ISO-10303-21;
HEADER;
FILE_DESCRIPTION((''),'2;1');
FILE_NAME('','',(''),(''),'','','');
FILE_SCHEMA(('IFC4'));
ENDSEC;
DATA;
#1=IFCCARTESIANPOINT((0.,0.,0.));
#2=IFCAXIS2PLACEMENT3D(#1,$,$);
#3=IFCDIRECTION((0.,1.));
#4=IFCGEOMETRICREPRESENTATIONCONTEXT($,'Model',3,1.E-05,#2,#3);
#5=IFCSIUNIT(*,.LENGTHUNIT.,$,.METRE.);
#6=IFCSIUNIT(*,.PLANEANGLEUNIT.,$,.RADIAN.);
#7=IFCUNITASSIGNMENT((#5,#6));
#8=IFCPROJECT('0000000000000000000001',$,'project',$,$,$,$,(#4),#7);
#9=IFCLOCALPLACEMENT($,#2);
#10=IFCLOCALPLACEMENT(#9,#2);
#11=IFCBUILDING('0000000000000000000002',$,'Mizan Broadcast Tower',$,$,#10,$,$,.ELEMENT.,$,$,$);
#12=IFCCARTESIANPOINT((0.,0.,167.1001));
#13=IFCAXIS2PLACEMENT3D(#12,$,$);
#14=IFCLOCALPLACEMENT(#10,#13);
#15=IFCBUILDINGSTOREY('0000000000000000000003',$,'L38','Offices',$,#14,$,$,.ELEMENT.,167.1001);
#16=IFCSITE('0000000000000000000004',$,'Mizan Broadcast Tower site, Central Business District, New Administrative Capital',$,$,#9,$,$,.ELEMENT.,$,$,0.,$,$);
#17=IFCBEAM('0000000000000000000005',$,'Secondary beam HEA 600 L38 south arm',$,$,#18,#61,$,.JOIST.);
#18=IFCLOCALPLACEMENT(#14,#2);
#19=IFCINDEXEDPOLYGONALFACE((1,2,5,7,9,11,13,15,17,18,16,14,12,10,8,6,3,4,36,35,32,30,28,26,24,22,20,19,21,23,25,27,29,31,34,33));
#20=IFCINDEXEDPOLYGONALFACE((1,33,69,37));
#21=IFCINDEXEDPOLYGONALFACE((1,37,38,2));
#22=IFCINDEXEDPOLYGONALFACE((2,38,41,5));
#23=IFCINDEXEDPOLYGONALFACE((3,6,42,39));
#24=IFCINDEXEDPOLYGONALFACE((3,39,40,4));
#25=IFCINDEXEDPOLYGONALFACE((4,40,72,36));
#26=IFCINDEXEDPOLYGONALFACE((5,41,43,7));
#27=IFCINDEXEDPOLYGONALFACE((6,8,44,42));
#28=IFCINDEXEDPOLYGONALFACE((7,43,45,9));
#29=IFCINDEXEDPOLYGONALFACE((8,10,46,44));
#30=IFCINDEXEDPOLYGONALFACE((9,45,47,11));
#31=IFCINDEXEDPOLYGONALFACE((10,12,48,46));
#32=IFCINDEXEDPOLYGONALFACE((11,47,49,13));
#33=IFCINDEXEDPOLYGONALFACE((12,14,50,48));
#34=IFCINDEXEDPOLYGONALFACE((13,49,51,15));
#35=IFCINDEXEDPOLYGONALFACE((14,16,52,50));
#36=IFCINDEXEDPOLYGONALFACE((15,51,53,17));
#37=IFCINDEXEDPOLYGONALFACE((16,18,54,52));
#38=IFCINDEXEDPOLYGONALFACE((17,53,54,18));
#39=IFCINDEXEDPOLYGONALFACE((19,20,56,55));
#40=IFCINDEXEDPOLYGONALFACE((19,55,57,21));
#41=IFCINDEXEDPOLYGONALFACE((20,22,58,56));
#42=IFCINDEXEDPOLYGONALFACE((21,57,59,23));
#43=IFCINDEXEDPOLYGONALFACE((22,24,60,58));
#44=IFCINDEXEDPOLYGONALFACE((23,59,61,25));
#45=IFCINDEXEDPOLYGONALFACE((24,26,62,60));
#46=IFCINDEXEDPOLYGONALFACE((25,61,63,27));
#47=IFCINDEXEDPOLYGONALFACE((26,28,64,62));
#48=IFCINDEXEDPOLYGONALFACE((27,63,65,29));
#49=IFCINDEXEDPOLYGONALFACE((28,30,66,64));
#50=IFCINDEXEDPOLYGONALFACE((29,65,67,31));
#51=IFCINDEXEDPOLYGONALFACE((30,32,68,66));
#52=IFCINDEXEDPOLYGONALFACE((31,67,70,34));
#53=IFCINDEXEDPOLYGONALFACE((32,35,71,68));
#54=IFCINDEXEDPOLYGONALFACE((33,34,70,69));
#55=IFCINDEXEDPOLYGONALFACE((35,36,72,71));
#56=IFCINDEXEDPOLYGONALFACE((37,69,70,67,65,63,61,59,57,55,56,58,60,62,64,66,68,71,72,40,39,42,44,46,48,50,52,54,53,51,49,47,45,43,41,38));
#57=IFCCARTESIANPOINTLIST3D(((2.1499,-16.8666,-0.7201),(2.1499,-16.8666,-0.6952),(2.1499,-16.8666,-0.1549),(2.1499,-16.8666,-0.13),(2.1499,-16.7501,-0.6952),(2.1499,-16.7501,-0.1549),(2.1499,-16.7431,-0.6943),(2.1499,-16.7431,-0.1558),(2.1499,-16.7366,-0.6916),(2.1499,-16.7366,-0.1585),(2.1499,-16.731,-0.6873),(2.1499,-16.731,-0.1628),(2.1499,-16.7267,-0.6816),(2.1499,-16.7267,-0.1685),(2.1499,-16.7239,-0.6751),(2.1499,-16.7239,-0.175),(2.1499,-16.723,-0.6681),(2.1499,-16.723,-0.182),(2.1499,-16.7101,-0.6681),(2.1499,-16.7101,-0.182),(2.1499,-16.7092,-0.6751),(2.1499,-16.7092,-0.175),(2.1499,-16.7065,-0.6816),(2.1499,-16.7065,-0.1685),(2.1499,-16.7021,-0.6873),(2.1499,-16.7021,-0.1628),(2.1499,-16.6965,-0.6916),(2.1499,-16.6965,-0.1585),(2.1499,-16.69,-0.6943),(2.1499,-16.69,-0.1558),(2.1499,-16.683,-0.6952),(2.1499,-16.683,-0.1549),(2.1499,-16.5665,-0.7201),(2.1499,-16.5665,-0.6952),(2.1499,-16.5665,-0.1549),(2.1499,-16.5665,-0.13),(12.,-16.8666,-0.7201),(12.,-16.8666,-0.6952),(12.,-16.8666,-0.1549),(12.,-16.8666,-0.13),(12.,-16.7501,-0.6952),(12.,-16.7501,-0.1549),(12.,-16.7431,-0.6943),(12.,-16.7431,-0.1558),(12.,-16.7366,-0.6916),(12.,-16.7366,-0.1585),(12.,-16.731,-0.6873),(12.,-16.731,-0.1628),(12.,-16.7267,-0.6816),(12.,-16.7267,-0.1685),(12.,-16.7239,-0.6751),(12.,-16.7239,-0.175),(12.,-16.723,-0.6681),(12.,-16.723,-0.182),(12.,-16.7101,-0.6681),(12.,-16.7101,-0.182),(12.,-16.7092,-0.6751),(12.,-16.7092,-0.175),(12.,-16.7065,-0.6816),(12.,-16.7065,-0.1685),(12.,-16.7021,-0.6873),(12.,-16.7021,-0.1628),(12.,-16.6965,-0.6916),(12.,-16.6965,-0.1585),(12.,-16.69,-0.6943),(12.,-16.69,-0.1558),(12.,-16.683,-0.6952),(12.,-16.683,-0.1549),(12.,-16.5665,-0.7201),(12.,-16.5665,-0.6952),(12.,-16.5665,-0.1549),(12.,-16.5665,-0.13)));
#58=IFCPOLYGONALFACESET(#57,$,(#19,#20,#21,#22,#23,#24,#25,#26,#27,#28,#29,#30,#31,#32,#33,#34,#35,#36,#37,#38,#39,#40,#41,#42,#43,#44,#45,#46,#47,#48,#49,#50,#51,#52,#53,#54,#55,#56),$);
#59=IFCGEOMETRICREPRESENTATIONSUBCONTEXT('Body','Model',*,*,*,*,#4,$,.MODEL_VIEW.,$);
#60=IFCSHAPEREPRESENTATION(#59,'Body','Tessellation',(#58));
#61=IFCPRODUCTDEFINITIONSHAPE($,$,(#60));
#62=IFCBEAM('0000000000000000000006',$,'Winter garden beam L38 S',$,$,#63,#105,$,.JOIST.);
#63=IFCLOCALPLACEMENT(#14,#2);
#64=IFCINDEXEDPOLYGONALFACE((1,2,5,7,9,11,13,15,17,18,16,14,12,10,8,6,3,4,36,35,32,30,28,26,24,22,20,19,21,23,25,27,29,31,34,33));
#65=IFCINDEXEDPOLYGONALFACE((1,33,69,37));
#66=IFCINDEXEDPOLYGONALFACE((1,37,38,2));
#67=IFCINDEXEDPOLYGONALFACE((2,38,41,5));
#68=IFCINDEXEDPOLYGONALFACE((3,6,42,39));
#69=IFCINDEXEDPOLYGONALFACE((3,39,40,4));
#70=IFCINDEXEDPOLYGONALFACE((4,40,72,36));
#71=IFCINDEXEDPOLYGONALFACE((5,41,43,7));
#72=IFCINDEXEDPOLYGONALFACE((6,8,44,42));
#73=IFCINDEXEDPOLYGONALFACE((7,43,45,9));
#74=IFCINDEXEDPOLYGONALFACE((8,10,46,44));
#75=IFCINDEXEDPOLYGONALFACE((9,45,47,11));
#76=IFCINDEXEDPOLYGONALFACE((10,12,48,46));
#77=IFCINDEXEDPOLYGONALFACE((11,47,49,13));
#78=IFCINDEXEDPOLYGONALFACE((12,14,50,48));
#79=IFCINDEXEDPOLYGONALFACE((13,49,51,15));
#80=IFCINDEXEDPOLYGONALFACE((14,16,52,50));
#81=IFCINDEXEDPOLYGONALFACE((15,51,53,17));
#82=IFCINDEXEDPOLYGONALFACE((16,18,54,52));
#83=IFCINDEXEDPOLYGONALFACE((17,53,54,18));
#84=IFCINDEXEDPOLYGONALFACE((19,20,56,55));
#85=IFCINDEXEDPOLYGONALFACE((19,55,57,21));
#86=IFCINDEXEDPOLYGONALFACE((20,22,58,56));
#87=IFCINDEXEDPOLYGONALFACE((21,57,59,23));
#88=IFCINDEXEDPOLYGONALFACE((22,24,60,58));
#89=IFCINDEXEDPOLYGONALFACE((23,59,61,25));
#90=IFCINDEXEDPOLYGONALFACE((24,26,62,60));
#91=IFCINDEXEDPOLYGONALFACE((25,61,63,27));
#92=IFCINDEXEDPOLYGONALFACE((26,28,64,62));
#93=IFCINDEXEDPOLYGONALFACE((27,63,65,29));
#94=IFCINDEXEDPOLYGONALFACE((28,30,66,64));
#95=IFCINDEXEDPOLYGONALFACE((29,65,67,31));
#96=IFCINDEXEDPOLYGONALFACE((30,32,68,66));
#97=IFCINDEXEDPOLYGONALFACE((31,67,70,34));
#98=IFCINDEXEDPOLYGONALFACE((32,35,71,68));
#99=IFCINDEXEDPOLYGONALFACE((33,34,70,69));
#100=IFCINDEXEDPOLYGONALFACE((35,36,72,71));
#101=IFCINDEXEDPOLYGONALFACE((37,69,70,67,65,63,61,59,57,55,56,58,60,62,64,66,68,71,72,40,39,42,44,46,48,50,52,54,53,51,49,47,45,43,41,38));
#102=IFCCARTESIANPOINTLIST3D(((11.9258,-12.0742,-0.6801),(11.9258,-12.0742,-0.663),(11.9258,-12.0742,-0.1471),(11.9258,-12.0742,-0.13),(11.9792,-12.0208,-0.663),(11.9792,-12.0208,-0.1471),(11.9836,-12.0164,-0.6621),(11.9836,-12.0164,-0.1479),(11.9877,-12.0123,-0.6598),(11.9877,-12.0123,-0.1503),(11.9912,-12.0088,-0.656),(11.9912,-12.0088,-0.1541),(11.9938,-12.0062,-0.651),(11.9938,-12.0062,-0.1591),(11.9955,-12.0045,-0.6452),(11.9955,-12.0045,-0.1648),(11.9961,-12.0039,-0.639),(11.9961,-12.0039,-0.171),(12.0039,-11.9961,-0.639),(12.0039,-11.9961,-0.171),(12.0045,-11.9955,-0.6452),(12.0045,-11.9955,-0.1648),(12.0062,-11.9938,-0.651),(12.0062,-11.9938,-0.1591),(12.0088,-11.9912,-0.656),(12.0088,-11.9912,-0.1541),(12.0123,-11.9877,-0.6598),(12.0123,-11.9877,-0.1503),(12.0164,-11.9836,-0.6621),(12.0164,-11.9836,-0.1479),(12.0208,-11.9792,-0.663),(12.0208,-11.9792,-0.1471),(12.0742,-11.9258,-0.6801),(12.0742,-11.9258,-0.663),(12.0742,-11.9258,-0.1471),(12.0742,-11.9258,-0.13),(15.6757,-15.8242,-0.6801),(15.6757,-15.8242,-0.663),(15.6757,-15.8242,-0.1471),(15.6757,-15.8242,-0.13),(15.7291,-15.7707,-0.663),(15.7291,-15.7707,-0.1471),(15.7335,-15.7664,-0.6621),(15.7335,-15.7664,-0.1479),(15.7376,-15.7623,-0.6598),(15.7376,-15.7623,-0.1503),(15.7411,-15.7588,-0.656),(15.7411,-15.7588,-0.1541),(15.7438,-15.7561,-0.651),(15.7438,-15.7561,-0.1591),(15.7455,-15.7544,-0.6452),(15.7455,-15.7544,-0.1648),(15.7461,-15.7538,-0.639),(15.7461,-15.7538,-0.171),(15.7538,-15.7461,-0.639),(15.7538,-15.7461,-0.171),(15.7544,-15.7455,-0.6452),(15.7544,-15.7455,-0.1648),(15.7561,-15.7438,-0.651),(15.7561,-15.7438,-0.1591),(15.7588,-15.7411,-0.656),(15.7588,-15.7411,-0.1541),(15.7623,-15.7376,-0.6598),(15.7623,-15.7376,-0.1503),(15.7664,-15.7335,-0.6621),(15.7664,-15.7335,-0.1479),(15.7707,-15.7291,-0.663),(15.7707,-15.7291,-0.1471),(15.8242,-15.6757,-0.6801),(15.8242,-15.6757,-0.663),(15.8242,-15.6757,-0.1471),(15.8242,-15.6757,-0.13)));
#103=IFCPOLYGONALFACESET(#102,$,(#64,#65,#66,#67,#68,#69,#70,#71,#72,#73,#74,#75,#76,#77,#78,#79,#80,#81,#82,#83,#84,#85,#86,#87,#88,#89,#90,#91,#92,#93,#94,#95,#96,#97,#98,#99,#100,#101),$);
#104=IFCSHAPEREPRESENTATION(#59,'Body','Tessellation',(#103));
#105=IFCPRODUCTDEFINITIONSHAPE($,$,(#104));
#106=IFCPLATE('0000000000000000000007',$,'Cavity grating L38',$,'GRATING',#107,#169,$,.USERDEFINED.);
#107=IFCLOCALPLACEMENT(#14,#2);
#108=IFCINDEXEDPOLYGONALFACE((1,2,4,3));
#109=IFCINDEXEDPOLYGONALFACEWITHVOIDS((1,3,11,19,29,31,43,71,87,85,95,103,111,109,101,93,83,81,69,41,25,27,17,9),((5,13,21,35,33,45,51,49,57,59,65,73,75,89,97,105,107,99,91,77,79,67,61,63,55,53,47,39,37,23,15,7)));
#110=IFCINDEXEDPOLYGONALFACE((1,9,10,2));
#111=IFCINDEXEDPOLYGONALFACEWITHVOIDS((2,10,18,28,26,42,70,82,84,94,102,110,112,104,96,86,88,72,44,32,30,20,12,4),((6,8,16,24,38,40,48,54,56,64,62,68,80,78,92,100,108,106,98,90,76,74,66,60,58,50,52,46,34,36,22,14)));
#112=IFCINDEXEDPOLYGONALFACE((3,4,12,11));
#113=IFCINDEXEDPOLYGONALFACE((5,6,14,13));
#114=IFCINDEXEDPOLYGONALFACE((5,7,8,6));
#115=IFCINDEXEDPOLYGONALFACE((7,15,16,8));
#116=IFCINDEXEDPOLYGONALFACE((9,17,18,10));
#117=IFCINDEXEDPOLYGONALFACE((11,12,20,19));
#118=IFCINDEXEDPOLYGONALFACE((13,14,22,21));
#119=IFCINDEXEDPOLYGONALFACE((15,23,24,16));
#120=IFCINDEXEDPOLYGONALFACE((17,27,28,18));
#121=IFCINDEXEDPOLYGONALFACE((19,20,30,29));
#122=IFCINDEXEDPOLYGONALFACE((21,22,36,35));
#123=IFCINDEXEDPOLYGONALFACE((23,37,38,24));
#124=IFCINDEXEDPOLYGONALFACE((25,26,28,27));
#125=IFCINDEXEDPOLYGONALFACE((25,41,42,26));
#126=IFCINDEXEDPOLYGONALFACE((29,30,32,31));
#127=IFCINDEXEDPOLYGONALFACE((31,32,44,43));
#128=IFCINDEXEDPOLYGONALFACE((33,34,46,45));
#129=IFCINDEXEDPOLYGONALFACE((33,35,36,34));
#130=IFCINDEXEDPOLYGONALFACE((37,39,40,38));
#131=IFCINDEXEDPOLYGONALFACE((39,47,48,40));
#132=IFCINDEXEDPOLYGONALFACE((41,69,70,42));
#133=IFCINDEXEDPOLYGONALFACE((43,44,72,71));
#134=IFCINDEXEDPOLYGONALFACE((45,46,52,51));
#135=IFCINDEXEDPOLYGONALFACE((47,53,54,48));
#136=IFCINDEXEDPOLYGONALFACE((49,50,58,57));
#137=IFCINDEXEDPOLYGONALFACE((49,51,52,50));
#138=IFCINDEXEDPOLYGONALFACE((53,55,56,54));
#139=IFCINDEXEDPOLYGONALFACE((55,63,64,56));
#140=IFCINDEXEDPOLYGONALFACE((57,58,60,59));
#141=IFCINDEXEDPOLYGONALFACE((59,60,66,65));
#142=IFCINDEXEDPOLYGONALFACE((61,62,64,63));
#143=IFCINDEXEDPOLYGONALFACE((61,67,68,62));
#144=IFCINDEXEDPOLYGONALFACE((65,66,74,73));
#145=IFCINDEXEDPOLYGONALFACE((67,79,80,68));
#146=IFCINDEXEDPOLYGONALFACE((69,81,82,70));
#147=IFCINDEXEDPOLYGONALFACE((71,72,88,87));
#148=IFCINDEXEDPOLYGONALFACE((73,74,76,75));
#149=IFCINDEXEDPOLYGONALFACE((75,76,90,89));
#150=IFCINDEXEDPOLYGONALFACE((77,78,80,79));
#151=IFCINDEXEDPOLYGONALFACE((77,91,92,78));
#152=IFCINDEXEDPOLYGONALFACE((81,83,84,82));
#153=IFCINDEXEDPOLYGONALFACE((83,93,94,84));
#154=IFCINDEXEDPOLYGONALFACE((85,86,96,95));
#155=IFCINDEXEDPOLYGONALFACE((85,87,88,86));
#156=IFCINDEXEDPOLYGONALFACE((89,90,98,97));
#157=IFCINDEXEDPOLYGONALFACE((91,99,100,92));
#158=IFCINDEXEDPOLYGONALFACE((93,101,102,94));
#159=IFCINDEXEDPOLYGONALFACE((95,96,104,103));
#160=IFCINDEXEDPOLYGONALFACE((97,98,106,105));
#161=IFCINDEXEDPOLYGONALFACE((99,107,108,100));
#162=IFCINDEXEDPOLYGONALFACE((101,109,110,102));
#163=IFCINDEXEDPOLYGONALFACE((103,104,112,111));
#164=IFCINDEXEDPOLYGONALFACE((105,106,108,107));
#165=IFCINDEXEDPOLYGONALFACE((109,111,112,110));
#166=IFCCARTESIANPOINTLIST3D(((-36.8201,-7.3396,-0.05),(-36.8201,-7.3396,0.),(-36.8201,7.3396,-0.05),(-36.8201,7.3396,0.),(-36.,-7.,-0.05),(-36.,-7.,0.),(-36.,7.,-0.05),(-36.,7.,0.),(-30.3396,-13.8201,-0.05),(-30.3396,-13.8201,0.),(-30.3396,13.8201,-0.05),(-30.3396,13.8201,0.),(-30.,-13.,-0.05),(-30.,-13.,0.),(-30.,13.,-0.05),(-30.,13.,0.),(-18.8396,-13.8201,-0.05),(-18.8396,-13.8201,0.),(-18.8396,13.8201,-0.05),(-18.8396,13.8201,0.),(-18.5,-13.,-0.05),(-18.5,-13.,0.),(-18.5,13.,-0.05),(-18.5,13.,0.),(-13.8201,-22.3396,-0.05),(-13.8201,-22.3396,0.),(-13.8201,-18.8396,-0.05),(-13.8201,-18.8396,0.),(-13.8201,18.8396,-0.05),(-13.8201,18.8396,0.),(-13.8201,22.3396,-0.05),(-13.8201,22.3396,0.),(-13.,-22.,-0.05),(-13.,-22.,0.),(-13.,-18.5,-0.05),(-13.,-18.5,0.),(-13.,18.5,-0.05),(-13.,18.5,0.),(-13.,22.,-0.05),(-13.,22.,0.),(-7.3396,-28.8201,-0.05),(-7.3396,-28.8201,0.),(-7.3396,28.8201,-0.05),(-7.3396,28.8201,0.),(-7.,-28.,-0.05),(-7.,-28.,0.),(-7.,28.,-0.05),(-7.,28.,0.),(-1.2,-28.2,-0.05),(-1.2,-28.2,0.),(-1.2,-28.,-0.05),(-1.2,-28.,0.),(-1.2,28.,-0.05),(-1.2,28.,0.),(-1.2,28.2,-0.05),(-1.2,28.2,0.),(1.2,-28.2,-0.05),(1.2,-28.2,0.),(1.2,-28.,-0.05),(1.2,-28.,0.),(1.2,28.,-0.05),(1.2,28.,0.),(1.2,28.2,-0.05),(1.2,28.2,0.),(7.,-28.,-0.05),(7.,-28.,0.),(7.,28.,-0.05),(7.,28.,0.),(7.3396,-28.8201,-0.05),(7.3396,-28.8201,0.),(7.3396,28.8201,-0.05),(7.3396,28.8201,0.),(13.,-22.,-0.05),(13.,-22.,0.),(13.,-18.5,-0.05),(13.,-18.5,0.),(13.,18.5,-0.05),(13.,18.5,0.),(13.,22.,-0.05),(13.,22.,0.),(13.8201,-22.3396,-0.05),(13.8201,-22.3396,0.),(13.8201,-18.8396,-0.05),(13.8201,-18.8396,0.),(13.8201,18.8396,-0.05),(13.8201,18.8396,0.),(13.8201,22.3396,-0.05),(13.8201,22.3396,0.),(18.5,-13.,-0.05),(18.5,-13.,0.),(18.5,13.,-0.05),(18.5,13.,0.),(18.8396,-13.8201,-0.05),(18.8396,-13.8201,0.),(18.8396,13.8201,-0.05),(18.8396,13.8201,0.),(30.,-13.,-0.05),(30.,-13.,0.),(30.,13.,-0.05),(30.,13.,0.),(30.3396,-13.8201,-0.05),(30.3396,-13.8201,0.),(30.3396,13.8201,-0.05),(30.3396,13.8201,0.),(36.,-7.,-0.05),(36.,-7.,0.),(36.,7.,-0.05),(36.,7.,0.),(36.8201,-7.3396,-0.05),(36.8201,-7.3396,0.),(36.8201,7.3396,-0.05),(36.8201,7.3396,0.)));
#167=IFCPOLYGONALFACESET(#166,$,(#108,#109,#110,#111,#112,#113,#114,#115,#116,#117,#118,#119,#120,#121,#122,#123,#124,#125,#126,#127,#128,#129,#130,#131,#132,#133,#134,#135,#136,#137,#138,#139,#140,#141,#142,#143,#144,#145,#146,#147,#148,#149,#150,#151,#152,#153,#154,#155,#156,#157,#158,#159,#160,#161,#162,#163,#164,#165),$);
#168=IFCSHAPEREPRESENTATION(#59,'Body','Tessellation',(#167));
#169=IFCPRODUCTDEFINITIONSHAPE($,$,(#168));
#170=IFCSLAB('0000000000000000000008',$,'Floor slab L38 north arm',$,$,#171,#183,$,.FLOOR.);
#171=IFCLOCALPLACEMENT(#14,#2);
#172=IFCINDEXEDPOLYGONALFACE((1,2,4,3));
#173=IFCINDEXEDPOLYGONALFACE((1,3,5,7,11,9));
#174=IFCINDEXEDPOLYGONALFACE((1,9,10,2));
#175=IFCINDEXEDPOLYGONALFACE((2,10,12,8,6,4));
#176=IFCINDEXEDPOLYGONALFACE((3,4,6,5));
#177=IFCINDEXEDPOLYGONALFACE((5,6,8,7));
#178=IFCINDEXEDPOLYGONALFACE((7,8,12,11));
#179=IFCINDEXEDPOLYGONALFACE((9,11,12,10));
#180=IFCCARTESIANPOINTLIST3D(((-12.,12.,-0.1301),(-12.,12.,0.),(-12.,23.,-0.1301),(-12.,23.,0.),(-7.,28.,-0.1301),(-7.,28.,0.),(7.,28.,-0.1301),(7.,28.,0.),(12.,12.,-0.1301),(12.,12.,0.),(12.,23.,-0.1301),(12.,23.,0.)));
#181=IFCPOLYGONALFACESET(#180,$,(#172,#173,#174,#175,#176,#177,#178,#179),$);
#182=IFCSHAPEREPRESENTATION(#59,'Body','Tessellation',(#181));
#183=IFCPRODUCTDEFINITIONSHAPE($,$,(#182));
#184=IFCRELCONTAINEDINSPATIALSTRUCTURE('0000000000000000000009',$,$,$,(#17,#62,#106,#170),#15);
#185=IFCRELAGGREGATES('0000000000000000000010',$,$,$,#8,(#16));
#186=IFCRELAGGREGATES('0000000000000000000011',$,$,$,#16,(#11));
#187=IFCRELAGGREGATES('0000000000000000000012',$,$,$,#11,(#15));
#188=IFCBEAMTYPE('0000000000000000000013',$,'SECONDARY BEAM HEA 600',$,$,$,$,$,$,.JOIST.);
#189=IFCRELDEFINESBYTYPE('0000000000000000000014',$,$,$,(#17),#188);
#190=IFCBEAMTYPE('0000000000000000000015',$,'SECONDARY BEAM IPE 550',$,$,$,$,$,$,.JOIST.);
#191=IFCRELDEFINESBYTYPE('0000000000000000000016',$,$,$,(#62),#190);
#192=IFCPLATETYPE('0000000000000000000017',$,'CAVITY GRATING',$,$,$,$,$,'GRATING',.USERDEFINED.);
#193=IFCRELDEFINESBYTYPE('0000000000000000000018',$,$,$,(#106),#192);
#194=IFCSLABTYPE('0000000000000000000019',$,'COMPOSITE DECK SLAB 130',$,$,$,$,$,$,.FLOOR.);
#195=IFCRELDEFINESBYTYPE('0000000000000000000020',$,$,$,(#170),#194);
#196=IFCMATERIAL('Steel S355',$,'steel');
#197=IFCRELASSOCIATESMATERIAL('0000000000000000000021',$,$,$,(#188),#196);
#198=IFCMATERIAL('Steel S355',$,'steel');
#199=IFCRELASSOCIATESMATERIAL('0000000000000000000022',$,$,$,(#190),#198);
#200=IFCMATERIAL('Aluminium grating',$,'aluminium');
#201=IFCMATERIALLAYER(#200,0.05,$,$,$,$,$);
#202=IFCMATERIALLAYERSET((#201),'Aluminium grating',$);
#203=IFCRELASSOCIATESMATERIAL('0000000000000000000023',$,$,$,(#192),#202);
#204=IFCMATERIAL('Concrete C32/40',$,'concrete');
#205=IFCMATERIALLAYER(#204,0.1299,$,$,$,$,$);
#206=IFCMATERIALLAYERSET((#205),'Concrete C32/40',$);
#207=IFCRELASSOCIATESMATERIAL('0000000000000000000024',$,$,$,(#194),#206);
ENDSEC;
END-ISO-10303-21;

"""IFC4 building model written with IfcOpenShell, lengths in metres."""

from ifc_helpers import new_model, si_unit, direction, frame, origin, origin_2d, place, context, subcontext, project, spatial, polyline, i_section, outline, extrude, material, layer, layer_set, material_profile, profile_set, type_object, element, save


model = new_model("IFC4")

# Units and contexts
model_context = context("Model", 3, precision=1e-05, world=origin(), true_north=direction((0.0, 1.0)))
body_context = subcontext(model_context, "Body", "Model", "MODEL_VIEW")
ifc_project = project(units=[si_unit("LENGTHUNIT", "METRE"), si_unit("PLANEANGLEUNIT", "RADIAN")], contexts=[model_context])

# Site, building, storey
site_placement = place(None, origin())
site = spatial("IfcSite", under=ifc_project, at=site_placement, Name="Mizan Broadcast Tower site, Central Business District, New Administrative Capital", CompositionType="ELEMENT", RefElevation=0.0)
building_placement = place(site_placement, origin())
building = spatial("IfcBuilding", under=site, at=building_placement, Name="Mizan Broadcast Tower", CompositionType="ELEMENT")
storey_placement = place(building_placement, frame((0.0, 0.0, 167.1001)))
storey = spatial("IfcBuildingStorey", under=building, at=storey_placement, Name="L38", Description="Offices", CompositionType="ELEMENT", Elevation=167.1001)

# Beams
ifc_material_1 = material(Name="Steel S355", Category="steel")
ifc_material_profile_1 = material_profile(ifc_material_1, i_section(OverallWidth=0.3, OverallDepth=0.5901, WebThickness=0.0129, FlangeThickness=0.0249, FilletRadius=0.0271, at=origin_2d()), Name="HEA 600")
ifc_profile_set_1 = profile_set([ifc_material_profile_1], Name="Steel S355")
beam_type_1 = type_object("IfcBeamType", Name="SECONDARY BEAM HEA 600", PredefinedType="JOIST", material=ifc_profile_set_1)
for number, where, z_axis, x_axis, name in (
    (1, (12.0, -16.7166, -0.425), (-1.0, 0.0, 0.0), (0.0, -1.0, 0.0), "Secondary beam HEA 600 L38 south arm"),
):
    element("IfcBeam", number, at=place(storey_placement, frame(where, z_axis=z_axis, x_axis=x_axis)), inside=storey, type_object=beam_type_1, Name=name, PredefinedType="JOIST", context=body_context, shape_type="SweptSolid", body=[
        extrude(i_section(OverallWidth=0.3, OverallDepth=0.5901, WebThickness=0.0129, FlangeThickness=0.0249, FilletRadius=0.0271, at=origin_2d()), origin(), (0.0, 0.0, 1.0), 9.8501),
    ])
ifc_material_2 = material(Name="Steel S355", Category="steel")
ifc_material_profile_2 = material_profile(ifc_material_2, i_section(OverallWidth=0.21, OverallDepth=0.55, WebThickness=0.011, FlangeThickness=0.0171, FilletRadius=0.0239, at=origin_2d()), Name="IPE 550")
ifc_profile_set_2 = profile_set([ifc_material_profile_2], Name="Steel S355")
beam_type_2 = type_object("IfcBeamType", Name="SECONDARY BEAM IPE 550", PredefinedType="JOIST", material=ifc_profile_set_2)
beam_1_placement = place(storey_placement, frame((12.0, -12.0, -0.405), z_axis=(0.707107, -0.707107, 0.0), x_axis=(0.707107, 0.707107, 0.0)))
element("IfcBeam", 2, at=beam_1_placement, inside=storey, type_object=beam_type_2, Name="Winter garden beam L38 S", PredefinedType="JOIST", context=body_context, shape_type="SweptSolid", body=[
    extrude(i_section(OverallWidth=0.21, OverallDepth=0.55, WebThickness=0.011, FlangeThickness=0.0171, FilletRadius=0.0239, at=origin_2d()), origin(), (0.0, 0.0, 1.0), 5.3032),
])

# Plate
ifc_material_3 = material(Name="Aluminium grating", Category="aluminium")
ifc_layer_1 = layer(ifc_material_3, 0.05)
ifc_layer_set_1 = layer_set([ifc_layer_1], Name="Aluminium grating")
plate_type = type_object("IfcPlateType", Name="CAVITY GRATING", ElementType="GRATING", PredefinedType="USERDEFINED", material=ifc_layer_set_1)
plate_placement = place(storey_placement, frame((0.0, 0.0, -0.05)))
element("IfcPlate", 3, at=plate_placement, inside=storey, type_object=plate_type, Name="Cavity grating L38", ObjectType="GRATING", PredefinedType="USERDEFINED", context=body_context, shape_type="SweptSolid", body=[
    extrude(outline(polyline([(13.8201, -18.8396), (18.8396, -13.8201), (30.3396, -13.8201), (36.8201, -7.3396), (36.8201, 7.3396), (30.3396, 13.8201), (18.8396, 13.8201), (13.8201, 18.8396), (13.8201, 22.3396), (7.3396, 28.8201), (-7.3396, 28.8201), (-13.8201, 22.3396), (-13.8201, 18.8396), (-18.8396, 13.8201), (-30.3396, 13.8201), (-36.8201, 7.3396), (-36.8201, -7.3396), (-30.3396, -13.8201), (-18.8396, -13.8201), (-13.8201, -18.8396), (-13.8201, -22.3396), (-7.3396, -28.8201), (7.3396, -28.8201), (13.8201, -22.3396), (13.8201, -18.8396)]), holes=[polyline([(36.0, 7.0), (36.0, -7.0), (30.0, -13.0), (18.5, -13.0), (13.0, -18.5), (13.0, -22.0), (7.0, -28.0), (1.2, -28.0), (1.2, -28.2), (-1.2, -28.2), (-1.2, -28.0), (-7.0, -28.0), (-13.0, -22.0), (-13.0, -18.5), (-18.5, -13.0), (-30.0, -13.0), (-36.0, -7.0), (-36.0, 7.0), (-30.0, 13.0), (-18.5, 13.0), (-13.0, 18.5), (-13.0, 22.0), (-7.0, 28.0), (-1.2, 28.0), (-1.2, 28.2), (1.2, 28.2), (1.2, 28.0), (7.0, 28.0), (13.0, 22.0), (13.0, 18.5), (18.5, 13.0), (30.0, 13.0), (36.0, 7.0)])]), origin(), (0.0, 0.0, 1.0), 0.05),
])

# Slab
ifc_material_4 = material(Name="Concrete C32/40", Category="concrete")
ifc_layer_2 = layer(ifc_material_4, 0.1299)
ifc_layer_set_2 = layer_set([ifc_layer_2], Name="Concrete C32/40")
slab_type_1 = type_object("IfcSlabType", Name="COMPOSITE DECK SLAB 130", PredefinedType="FLOOR", material=ifc_layer_set_2)
slab_1_placement = place(storey_placement, frame((0.0, 0.0, -0.1301)))
element("IfcSlab", 4, at=slab_1_placement, inside=storey, type_object=slab_type_1, Name="Floor slab L38 north arm", PredefinedType="FLOOR", context=body_context, shape_type="SweptSolid", body=[
    extrude(outline(polyline([(-7.0, 28.0), (-12.0, 23.0), (-12.0, 12.0), (12.0, 12.0), (12.0, 23.0), (7.0, 28.0), (-7.0, 28.0)])), origin(), (0.0, 0.0, 1.0), 0.1301),
])

save(model, "model.ifc")
